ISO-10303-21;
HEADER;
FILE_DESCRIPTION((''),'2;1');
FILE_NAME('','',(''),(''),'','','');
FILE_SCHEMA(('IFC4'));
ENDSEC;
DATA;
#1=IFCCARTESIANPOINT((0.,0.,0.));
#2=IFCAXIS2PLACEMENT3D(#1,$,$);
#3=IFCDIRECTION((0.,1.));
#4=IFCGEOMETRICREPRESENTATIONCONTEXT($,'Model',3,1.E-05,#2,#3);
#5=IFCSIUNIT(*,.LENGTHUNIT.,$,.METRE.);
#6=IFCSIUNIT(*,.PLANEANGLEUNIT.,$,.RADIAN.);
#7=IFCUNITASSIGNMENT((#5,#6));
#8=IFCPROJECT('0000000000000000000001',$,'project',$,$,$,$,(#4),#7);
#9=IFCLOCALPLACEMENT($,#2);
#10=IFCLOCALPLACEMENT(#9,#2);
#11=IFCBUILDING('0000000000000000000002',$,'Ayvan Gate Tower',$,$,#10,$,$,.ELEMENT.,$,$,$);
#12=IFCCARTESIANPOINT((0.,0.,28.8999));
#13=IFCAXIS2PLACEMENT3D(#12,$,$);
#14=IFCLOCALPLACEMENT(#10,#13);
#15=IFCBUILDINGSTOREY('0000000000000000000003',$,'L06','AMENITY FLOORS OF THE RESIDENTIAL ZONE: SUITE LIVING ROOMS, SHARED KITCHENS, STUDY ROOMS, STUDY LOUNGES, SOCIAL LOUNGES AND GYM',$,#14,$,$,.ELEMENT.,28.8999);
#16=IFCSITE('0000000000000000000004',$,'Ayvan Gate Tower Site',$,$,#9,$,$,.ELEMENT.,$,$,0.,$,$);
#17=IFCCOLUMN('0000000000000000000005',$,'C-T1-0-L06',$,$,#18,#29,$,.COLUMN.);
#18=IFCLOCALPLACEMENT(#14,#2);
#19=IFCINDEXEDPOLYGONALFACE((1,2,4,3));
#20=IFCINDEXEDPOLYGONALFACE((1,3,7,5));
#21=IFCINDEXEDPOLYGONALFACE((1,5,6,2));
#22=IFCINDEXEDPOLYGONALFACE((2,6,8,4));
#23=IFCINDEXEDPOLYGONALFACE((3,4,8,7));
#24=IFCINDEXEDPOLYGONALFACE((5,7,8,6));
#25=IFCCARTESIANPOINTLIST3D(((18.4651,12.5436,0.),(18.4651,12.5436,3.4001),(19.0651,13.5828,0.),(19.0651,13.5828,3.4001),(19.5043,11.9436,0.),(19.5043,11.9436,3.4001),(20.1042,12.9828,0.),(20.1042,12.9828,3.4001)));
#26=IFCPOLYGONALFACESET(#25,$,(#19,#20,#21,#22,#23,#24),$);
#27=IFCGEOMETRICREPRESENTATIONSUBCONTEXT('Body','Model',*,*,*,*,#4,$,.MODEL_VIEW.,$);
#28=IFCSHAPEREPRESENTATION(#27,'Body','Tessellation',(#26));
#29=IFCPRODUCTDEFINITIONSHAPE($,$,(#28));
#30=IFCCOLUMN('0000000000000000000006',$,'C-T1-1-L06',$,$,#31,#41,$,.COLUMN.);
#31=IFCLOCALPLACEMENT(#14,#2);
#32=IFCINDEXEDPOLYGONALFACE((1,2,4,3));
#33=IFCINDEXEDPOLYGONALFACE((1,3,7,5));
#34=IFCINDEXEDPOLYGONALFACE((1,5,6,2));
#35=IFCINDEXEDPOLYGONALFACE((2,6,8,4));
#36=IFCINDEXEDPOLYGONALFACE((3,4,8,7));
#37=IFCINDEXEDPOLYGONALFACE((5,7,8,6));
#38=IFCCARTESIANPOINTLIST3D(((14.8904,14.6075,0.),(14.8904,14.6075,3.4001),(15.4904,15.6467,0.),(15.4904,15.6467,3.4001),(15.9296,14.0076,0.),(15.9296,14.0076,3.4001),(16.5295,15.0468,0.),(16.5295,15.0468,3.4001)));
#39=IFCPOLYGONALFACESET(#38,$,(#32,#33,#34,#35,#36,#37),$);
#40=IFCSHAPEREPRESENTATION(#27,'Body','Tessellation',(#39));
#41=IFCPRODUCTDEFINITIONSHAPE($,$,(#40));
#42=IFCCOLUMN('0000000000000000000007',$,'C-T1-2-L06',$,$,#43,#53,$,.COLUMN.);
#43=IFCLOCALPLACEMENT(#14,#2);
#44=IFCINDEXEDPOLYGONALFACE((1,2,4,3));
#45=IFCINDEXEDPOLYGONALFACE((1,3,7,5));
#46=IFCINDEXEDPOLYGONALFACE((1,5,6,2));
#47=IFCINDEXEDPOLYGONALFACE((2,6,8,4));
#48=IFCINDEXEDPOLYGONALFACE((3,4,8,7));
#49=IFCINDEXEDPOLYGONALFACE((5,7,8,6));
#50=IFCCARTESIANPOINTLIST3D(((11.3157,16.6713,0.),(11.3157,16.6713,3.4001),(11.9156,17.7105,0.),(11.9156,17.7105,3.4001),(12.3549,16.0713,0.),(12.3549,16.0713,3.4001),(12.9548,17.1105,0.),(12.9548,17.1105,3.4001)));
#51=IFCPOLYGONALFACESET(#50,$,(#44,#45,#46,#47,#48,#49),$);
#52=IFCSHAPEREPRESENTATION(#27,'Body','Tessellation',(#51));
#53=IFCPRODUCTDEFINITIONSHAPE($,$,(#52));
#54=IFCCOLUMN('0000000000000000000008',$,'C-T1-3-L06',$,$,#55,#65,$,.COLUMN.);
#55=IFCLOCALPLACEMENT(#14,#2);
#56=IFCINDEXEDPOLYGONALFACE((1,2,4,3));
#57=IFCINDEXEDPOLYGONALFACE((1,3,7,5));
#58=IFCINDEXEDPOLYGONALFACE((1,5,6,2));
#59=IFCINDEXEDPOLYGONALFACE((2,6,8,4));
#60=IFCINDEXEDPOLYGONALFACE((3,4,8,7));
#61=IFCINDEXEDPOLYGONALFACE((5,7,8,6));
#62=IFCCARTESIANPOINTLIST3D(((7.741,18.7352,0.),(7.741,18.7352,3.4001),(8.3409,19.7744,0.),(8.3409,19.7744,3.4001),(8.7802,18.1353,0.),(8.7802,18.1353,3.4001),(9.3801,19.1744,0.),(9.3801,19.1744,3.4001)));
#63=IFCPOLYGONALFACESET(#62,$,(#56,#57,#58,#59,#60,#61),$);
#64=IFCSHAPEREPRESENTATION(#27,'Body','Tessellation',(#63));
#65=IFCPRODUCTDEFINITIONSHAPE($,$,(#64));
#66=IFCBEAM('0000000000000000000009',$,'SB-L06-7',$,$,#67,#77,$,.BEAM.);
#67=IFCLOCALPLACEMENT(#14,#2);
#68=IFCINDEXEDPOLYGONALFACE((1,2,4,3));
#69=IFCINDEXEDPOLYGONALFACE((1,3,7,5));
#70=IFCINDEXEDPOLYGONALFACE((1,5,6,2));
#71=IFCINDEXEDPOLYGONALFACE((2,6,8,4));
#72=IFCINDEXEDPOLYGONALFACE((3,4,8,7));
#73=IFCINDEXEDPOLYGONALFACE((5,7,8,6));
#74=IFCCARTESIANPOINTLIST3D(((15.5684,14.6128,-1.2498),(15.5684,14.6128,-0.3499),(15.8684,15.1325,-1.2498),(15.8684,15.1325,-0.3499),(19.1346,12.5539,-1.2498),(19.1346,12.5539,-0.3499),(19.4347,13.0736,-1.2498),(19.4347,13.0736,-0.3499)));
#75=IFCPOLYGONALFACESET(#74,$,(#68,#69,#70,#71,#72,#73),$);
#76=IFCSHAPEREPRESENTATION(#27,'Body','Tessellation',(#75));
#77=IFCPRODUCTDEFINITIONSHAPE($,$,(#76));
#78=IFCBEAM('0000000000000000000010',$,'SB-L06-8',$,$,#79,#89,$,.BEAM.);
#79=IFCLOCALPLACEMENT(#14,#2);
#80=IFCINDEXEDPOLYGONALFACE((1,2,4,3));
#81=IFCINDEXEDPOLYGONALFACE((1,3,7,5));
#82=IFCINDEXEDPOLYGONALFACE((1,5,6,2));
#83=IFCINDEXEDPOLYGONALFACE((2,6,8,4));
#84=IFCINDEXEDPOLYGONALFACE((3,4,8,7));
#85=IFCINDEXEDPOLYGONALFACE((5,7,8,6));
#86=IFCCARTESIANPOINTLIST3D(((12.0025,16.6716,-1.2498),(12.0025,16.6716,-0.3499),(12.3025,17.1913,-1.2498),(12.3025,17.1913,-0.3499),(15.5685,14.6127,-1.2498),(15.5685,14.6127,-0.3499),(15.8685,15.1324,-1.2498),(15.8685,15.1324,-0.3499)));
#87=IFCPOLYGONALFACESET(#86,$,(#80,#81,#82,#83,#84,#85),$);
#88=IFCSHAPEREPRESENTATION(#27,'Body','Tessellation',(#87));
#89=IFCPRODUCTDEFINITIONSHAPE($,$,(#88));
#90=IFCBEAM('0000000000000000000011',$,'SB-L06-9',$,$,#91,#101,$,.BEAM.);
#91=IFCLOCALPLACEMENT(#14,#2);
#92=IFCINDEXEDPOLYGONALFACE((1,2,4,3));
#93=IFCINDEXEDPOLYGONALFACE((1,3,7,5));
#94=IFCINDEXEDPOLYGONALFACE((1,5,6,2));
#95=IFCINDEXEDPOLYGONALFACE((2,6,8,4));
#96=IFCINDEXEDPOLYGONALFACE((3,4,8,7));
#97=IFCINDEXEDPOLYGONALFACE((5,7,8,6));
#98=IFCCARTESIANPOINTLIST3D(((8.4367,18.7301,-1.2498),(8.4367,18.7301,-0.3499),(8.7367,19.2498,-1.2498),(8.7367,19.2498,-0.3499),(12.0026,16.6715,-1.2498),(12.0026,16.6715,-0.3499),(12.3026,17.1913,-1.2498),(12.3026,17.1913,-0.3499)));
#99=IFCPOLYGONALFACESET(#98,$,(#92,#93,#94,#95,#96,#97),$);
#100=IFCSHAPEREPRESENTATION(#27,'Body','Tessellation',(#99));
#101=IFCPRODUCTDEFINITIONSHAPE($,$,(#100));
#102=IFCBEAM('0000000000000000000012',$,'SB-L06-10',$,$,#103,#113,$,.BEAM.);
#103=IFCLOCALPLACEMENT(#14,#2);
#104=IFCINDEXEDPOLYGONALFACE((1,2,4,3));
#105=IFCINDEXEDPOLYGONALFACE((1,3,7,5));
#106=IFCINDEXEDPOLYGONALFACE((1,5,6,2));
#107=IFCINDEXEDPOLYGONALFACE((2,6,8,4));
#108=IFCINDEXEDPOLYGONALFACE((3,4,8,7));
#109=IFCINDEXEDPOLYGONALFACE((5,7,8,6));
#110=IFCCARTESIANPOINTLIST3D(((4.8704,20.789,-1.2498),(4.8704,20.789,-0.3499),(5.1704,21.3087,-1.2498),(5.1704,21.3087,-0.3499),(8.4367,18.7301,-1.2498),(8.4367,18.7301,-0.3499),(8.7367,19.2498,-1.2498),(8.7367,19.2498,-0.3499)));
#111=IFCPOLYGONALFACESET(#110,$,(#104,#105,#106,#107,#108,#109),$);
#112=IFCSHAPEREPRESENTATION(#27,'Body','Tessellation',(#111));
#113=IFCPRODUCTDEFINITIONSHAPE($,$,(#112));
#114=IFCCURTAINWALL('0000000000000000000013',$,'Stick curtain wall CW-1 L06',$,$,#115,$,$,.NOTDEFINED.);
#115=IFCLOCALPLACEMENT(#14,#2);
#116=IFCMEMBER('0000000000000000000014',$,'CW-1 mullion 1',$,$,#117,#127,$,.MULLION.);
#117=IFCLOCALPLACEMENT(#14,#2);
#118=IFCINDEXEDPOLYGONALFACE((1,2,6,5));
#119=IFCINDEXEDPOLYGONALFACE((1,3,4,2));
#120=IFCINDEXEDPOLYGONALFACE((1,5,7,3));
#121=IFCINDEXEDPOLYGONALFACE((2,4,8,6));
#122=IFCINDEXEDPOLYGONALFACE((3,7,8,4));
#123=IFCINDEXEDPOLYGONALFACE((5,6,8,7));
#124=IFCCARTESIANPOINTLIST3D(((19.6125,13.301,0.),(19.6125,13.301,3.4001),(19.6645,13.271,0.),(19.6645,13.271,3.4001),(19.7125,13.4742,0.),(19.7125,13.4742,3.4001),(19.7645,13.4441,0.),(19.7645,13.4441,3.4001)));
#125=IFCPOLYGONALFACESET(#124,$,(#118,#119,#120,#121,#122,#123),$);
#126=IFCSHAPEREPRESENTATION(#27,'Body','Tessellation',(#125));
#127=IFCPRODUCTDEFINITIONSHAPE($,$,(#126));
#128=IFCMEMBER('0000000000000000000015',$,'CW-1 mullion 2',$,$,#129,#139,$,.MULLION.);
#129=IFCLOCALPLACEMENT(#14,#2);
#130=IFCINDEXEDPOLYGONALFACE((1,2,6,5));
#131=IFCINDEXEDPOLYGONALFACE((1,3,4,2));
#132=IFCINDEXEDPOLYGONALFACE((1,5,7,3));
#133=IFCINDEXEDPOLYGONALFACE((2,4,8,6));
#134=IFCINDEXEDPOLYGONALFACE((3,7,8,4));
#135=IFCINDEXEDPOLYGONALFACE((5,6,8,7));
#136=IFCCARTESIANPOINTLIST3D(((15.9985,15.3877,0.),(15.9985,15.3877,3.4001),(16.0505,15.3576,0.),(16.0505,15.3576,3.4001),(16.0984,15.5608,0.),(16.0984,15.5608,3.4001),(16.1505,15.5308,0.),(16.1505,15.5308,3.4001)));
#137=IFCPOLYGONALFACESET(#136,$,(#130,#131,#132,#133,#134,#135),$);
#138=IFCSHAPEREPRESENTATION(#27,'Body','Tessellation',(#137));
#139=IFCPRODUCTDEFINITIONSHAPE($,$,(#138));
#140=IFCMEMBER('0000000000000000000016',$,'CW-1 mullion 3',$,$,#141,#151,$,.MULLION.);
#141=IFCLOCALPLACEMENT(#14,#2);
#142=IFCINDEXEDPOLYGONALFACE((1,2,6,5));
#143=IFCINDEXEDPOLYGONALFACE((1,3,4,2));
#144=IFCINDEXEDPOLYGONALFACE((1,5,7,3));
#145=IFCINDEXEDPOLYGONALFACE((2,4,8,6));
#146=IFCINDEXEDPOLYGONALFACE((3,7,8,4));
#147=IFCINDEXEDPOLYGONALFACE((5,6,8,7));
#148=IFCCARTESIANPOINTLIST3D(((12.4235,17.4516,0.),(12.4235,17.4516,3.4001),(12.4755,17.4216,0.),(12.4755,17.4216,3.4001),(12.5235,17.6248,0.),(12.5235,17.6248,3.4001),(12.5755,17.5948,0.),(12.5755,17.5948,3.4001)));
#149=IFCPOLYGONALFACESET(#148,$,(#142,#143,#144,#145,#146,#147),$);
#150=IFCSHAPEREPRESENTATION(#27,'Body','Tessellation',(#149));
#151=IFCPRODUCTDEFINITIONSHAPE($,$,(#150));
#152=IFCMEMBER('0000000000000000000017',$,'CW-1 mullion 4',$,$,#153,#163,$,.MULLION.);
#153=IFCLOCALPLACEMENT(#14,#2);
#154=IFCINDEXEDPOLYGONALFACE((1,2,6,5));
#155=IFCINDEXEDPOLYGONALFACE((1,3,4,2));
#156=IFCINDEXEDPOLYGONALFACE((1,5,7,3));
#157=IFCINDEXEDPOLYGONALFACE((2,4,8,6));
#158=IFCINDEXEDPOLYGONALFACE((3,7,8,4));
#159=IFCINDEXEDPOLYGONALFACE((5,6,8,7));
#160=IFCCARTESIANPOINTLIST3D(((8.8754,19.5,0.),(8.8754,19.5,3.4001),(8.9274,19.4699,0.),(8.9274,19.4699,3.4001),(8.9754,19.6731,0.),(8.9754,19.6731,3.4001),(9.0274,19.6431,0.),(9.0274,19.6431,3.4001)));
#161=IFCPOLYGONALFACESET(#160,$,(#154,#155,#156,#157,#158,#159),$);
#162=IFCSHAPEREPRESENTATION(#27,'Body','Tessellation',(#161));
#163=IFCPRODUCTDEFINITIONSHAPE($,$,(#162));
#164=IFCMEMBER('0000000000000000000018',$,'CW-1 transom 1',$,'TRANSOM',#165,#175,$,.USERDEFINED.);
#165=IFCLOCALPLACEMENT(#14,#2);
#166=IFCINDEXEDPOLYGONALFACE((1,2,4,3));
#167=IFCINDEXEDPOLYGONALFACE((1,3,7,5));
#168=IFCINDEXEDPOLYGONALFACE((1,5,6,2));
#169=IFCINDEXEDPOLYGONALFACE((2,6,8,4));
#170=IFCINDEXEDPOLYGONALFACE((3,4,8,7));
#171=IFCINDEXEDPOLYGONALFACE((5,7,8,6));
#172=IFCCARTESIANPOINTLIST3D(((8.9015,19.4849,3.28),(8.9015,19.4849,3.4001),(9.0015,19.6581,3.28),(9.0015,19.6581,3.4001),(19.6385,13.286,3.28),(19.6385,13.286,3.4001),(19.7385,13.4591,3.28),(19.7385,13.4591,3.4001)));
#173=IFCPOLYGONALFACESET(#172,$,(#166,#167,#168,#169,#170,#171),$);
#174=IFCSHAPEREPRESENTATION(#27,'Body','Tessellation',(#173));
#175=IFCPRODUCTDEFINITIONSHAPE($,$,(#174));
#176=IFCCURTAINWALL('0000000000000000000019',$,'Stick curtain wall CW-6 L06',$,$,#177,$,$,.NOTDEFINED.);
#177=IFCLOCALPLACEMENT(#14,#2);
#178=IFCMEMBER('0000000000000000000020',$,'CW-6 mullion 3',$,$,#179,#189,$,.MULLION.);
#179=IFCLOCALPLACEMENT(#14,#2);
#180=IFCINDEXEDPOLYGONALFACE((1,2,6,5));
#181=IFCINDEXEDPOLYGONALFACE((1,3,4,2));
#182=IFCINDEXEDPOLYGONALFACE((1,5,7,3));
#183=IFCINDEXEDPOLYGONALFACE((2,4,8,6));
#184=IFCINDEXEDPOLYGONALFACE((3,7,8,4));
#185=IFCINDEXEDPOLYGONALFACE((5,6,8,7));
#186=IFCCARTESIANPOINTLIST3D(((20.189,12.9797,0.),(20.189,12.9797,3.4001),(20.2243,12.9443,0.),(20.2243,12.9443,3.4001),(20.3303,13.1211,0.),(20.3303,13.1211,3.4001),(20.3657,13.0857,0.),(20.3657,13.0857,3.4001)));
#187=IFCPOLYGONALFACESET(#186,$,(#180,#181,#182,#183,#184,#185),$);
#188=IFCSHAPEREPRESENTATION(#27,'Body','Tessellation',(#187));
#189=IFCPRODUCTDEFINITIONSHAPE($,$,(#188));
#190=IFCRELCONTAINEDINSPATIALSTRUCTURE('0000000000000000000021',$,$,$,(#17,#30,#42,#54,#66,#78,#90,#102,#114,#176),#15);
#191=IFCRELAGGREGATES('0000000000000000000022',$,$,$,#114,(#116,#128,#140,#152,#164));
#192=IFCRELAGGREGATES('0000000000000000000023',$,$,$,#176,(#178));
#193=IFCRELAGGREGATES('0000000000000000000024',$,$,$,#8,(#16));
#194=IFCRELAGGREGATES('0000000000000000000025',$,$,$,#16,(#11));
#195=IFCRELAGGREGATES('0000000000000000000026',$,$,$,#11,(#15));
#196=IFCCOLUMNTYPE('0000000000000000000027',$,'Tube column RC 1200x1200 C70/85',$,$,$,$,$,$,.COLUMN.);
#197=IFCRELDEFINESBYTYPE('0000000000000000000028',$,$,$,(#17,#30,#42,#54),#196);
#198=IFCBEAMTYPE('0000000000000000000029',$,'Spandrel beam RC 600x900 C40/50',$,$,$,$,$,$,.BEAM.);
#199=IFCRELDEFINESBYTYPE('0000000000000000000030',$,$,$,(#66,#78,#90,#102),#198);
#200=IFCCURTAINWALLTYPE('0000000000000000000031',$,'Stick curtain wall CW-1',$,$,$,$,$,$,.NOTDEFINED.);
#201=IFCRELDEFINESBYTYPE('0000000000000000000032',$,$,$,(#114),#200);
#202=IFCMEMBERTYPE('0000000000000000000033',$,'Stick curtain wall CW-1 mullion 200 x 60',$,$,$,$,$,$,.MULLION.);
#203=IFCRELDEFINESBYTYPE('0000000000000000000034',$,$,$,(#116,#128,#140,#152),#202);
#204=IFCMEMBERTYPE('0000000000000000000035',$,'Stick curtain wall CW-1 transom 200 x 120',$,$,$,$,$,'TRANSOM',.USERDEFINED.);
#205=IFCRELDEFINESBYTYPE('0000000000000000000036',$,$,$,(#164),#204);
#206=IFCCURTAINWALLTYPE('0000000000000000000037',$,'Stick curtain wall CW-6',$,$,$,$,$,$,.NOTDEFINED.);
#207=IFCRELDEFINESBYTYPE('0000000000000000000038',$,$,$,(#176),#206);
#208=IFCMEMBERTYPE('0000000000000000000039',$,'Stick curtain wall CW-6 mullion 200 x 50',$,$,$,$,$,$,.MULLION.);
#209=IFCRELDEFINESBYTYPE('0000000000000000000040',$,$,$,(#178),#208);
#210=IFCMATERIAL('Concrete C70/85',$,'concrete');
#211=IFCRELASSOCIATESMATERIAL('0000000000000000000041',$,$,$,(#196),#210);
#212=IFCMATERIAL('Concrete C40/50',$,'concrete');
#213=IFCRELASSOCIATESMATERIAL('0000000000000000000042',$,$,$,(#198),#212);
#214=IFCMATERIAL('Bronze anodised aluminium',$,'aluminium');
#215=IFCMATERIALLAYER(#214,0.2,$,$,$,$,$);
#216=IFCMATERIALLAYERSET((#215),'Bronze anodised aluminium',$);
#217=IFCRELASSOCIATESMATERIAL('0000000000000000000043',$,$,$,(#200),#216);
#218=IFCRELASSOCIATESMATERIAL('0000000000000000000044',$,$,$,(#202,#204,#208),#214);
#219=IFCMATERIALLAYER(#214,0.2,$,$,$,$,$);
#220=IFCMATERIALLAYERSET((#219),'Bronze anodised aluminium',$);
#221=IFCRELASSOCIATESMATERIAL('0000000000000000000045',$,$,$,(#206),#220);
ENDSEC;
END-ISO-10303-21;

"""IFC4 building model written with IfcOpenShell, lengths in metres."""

from ifc_helpers import new_model, si_unit, direction, frame, origin, origin_2d, place, context, subcontext, project, spatial, rectangle, extrude, material, layer, layer_set, material_profile, profile_set, type_object, element, aggregate, save


model = new_model("IFC4")

# Units and contexts
model_context = context("Model", 3, precision=1e-05, world=origin(), true_north=direction((0.0, 1.0)))
body_context = subcontext(model_context, "Body", "Model", "MODEL_VIEW")
ifc_project = project(units=[si_unit("LENGTHUNIT", "METRE"), si_unit("PLANEANGLEUNIT", "RADIAN")], contexts=[model_context])

# Site, building, storey
site_placement = place(None, origin())
site = spatial("IfcSite", under=ifc_project, at=site_placement, Name="Ayvan Gate Tower Site", CompositionType="ELEMENT", RefElevation=0.0)
building_placement = place(site_placement, origin())
building = spatial("IfcBuilding", under=site, at=building_placement, Name="Ayvan Gate Tower", CompositionType="ELEMENT")
storey_placement = place(building_placement, frame((0.0, 0.0, 28.8999)))
storey = spatial("IfcBuildingStorey", under=building, at=storey_placement, Name="L06", Description="AMENITY FLOORS OF THE RESIDENTIAL ZONE: SUITE LIVING ROOMS, SHARED KITCHENS, STUDY ROOMS, STUDY LOUNGES, SOCIAL LOUNGES AND GYM", CompositionType="ELEMENT", Elevation=28.8999)

# Columns
ifc_material_1 = material(Name="Concrete C70/85", Category="concrete")
ifc_material_profile_1 = material_profile(ifc_material_1, rectangle(XDim=1.2, YDim=1.2, at=origin_2d()), Name="RC 1200x1200")
ifc_profile_set_1 = profile_set([ifc_material_profile_1], Name="Concrete C70/85")
column_type = type_object("IfcColumnType", Name="Tube column RC 1200x1200 C70/85", PredefinedType="COLUMN", material=ifc_profile_set_1)
for number, where, z_axis, x_axis, name in (
    (1, (19.2847, 12.7632, 0.0), (0.0, 0.0, 1.0), (0.5, 0.866025, 0.0), "C-T1-0-L06"),
    (2, (15.71, 14.8271, 0.0), (0.0, 0.0, 1.0), (0.5, 0.866025, 0.0), "C-T1-1-L06"),
    (3, (12.1353, 16.8909, 0.0), (0.0, 0.0, 1.0), (0.5, 0.866025, 0.0), "C-T1-2-L06"),
    (4, (8.5605, 18.9548, 0.0), (0.0, 0.0, 1.0), (0.5, 0.866025, 0.0), "C-T1-3-L06"),
):
    element("IfcColumn", number, at=place(storey_placement, frame(where, z_axis=z_axis, x_axis=x_axis)), inside=storey, type_object=column_type, Name=name, PredefinedType="COLUMN", context=body_context, shape_type="SweptSolid", body=[
        extrude(rectangle(XDim=1.2, YDim=1.2, at=origin_2d()), origin(), (0.0, 0.0, 1.0), 3.4001),
    ])

# Beams
ifc_material_2 = material(Name="Concrete C40/50", Category="concrete")
ifc_material_profile_2 = material_profile(ifc_material_2, rectangle(XDim=0.6001, YDim=0.8999, at=origin_2d()), Name="RC 600x900")
ifc_profile_set_2 = profile_set([ifc_material_profile_2], Name="Concrete C40/50")
beam_type = type_object("IfcBeamType", Name="Spandrel beam RC 600x900 C40/50", PredefinedType="BEAM", material=ifc_profile_set_2)
beam_1_placement = place(storey_placement, frame((19.2847, 12.8137, -0.7998), z_axis=(-0.866035, 0.499984, 0.0), x_axis=(-0.499984, -0.866035, 0.0)))
element("IfcBeam", 5, at=beam_1_placement, inside=storey, type_object=beam_type, Name="SB-L06-7", PredefinedType="BEAM", context=body_context, shape_type="SweptSolid", body=[
    extrude(rectangle(XDim=0.6001, YDim=0.8999, at=origin_2d()), origin(), (0.0, 0.0, 1.0), 4.1179),
])
beam_2_placement = place(storey_placement, frame((15.7185, 14.8726, -0.7998), z_axis=(-0.86602, 0.50001, 0.0), x_axis=(-0.50001, -0.86602, 0.0)))
element("IfcBeam", 6, at=beam_2_placement, inside=storey, type_object=beam_type, Name="SB-L06-8", PredefinedType="BEAM", context=body_context, shape_type="SweptSolid", body=[
    extrude(rectangle(XDim=0.6001, YDim=0.8999, at=origin_2d()), origin(), (0.0, 0.0, 1.0), 4.1177),
])
beam_3_placement = place(storey_placement, frame((12.1526, 16.9314, -0.7998), z_axis=(-0.866045, 0.499965, 0.0), x_axis=(-0.499965, -0.866045, 0.0)))
element("IfcBeam", 7, at=beam_3_placement, inside=storey, type_object=beam_type, Name="SB-L06-9", PredefinedType="BEAM", context=body_context, shape_type="SweptSolid", body=[
    extrude(rectangle(XDim=0.6001, YDim=0.8999, at=origin_2d()), origin(), (0.0, 0.0, 1.0), 4.1174),
])
beam_4_placement = place(storey_placement, frame((8.5867, 18.99, -0.7998), z_axis=(-0.866035, 0.499984, 0.0), x_axis=(-0.499984, -0.866035, 0.0)))
element("IfcBeam", 8, at=beam_4_placement, inside=storey, type_object=beam_type, Name="SB-L06-10", PredefinedType="BEAM", context=body_context, shape_type="SweptSolid", body=[
    extrude(rectangle(XDim=0.6001, YDim=0.8999, at=origin_2d()), origin(), (0.0, 0.0, 1.0), 4.1179),
])

# Curtain walls, members
ifc_material_3 = material(Name="Bronze anodised aluminium", Category="aluminium")
ifc_layer_1 = layer(ifc_material_3, 0.2)
ifc_layer_set_1 = layer_set([ifc_layer_1], Name="Bronze anodised aluminium")
curtain_wall_type_1 = type_object("IfcCurtainWallType", Name="Stick curtain wall CW-1", PredefinedType="NOTDEFINED", material=ifc_layer_set_1)
curtain_wall_1_placement = place(storey_placement, origin())
curtain_wall_1 = element("IfcCurtainWall", 9, at=curtain_wall_1_placement, inside=storey, type_object=curtain_wall_type_1, Name="Stick curtain wall CW-1 L06", PredefinedType="NOTDEFINED")
ifc_material_profile_3 = material_profile(ifc_material_3, rectangle(XDim=0.2, YDim=0.0601, at=origin_2d()), Name="Stick curtain wall CW-1 mullion 200 x 60")
ifc_profile_set_3 = profile_set([ifc_material_profile_3], Name="Bronze anodised aluminium")
member_type_1 = type_object("IfcMemberType", Name="Stick curtain wall CW-1 mullion 200 x 60", PredefinedType="MULLION", material=ifc_profile_set_3)
member_1_placement = place(storey_placement, frame((19.6885, 13.3726, 0.0), z_axis=(0.0, 0.0, 1.0), x_axis=(0.5, 0.866025, 0.0)))
member_1 = element("IfcMember", 10, at=member_1_placement, type_object=member_type_1, Name="CW-1 mullion 1", PredefinedType="MULLION", context=body_context, shape_type="SweptSolid", body=[
    extrude(rectangle(XDim=0.2, YDim=0.0601, at=origin_2d()), origin(), (0.0, 0.0, 1.0), 3.4001),
])
member_2_placement = place(storey_placement, frame((16.0745, 15.4592, 0.0), z_axis=(0.0, 0.0, 1.0), x_axis=(0.5, 0.866025, 0.0)))
member_2 = element("IfcMember", 11, at=member_2_placement, type_object=member_type_1, Name="CW-1 mullion 2", PredefinedType="MULLION", context=body_context, shape_type="SweptSolid", body=[
    extrude(rectangle(XDim=0.2, YDim=0.0601, at=origin_2d()), origin(), (0.0, 0.0, 1.0), 3.4001),
])
member_3_placement = place(storey_placement, frame((12.4995, 17.5232, 0.0), z_axis=(0.0, 0.0, 1.0), x_axis=(0.5, 0.866025, 0.0)))
member_3 = element("IfcMember", 12, at=member_3_placement, type_object=member_type_1, Name="CW-1 mullion 3", PredefinedType="MULLION", context=body_context, shape_type="SweptSolid", body=[
    extrude(rectangle(XDim=0.2, YDim=0.0601, at=origin_2d()), origin(), (0.0, 0.0, 1.0), 3.4001),
])
member_4_placement = place(storey_placement, frame((8.9514, 19.5715, 0.0), z_axis=(0.0, 0.0, 1.0), x_axis=(0.5, 0.866025, 0.0)))
member_4 = element("IfcMember", 13, at=member_4_placement, type_object=member_type_1, Name="CW-1 mullion 4", PredefinedType="MULLION", context=body_context, shape_type="SweptSolid", body=[
    extrude(rectangle(XDim=0.2, YDim=0.0601, at=origin_2d()), origin(), (0.0, 0.0, 1.0), 3.4001),
])
ifc_material_profile_4 = material_profile(ifc_material_3, rectangle(XDim=0.2, YDim=0.1201, at=origin_2d()), Name="Stick curtain wall CW-1 transom 200 x 120")
ifc_profile_set_4 = profile_set([ifc_material_profile_4], Name="Bronze anodised aluminium")
member_type_2 = type_object("IfcMemberType", Name="Stick curtain wall CW-1 transom 200 x 120", ElementType="TRANSOM", PredefinedType="USERDEFINED", material=ifc_profile_set_4)
member_5_placement = place(storey_placement, frame((19.6885, 13.3726, 3.3401), z_axis=(-0.866028, 0.499996, 0.0), x_axis=(-0.499996, -0.866028, 0.0)))
member_5 = element("IfcMember", 14, at=member_5_placement, type_object=member_type_2, Name="CW-1 transom 1", ObjectType="TRANSOM", PredefinedType="USERDEFINED", context=body_context, shape_type="SweptSolid", body=[
    extrude(rectangle(XDim=0.2, YDim=0.1201, at=origin_2d()), origin(), (0.0, 0.0, 1.0), 12.3979),
])
ifc_layer_2 = layer(ifc_material_3, 0.2)
ifc_layer_set_2 = layer_set([ifc_layer_2], Name="Bronze anodised aluminium")
curtain_wall_type_2 = type_object("IfcCurtainWallType", Name="Stick curtain wall CW-6", PredefinedType="NOTDEFINED", material=ifc_layer_set_2)
curtain_wall_2_placement = place(storey_placement, origin())
curtain_wall_2 = element("IfcCurtainWall", 15, at=curtain_wall_2_placement, inside=storey, type_object=curtain_wall_type_2, Name="Stick curtain wall CW-6 L06", PredefinedType="NOTDEFINED")
ifc_material_profile_5 = material_profile(ifc_material_3, rectangle(XDim=0.2, YDim=0.05, at=origin_2d()), Name="Stick curtain wall CW-6 mullion 200 x 50")
ifc_profile_set_5 = profile_set([ifc_material_profile_5], Name="Bronze anodised aluminium")
member_type_3 = type_object("IfcMemberType", Name="Stick curtain wall CW-6 mullion 200 x 50", PredefinedType="MULLION", material=ifc_profile_set_5)
member_6_placement = place(storey_placement, frame((20.2773, 13.0327, 0.0), z_axis=(0.0, 0.0, 1.0), x_axis=(0.707107, 0.707107, 0.0)))
member_6 = element("IfcMember", 16, at=member_6_placement, type_object=member_type_3, Name="CW-6 mullion 3", PredefinedType="MULLION", context=body_context, shape_type="SweptSolid", body=[
    extrude(rectangle(XDim=0.2, YDim=0.05, at=origin_2d()), origin(), (0.0, 0.0, 1.0), 3.4001),
])

aggregate(curtain_wall_1, [member_1, member_2, member_3, member_4, member_5])
aggregate(curtain_wall_2, [member_6])

save(model, "model.ifc")
